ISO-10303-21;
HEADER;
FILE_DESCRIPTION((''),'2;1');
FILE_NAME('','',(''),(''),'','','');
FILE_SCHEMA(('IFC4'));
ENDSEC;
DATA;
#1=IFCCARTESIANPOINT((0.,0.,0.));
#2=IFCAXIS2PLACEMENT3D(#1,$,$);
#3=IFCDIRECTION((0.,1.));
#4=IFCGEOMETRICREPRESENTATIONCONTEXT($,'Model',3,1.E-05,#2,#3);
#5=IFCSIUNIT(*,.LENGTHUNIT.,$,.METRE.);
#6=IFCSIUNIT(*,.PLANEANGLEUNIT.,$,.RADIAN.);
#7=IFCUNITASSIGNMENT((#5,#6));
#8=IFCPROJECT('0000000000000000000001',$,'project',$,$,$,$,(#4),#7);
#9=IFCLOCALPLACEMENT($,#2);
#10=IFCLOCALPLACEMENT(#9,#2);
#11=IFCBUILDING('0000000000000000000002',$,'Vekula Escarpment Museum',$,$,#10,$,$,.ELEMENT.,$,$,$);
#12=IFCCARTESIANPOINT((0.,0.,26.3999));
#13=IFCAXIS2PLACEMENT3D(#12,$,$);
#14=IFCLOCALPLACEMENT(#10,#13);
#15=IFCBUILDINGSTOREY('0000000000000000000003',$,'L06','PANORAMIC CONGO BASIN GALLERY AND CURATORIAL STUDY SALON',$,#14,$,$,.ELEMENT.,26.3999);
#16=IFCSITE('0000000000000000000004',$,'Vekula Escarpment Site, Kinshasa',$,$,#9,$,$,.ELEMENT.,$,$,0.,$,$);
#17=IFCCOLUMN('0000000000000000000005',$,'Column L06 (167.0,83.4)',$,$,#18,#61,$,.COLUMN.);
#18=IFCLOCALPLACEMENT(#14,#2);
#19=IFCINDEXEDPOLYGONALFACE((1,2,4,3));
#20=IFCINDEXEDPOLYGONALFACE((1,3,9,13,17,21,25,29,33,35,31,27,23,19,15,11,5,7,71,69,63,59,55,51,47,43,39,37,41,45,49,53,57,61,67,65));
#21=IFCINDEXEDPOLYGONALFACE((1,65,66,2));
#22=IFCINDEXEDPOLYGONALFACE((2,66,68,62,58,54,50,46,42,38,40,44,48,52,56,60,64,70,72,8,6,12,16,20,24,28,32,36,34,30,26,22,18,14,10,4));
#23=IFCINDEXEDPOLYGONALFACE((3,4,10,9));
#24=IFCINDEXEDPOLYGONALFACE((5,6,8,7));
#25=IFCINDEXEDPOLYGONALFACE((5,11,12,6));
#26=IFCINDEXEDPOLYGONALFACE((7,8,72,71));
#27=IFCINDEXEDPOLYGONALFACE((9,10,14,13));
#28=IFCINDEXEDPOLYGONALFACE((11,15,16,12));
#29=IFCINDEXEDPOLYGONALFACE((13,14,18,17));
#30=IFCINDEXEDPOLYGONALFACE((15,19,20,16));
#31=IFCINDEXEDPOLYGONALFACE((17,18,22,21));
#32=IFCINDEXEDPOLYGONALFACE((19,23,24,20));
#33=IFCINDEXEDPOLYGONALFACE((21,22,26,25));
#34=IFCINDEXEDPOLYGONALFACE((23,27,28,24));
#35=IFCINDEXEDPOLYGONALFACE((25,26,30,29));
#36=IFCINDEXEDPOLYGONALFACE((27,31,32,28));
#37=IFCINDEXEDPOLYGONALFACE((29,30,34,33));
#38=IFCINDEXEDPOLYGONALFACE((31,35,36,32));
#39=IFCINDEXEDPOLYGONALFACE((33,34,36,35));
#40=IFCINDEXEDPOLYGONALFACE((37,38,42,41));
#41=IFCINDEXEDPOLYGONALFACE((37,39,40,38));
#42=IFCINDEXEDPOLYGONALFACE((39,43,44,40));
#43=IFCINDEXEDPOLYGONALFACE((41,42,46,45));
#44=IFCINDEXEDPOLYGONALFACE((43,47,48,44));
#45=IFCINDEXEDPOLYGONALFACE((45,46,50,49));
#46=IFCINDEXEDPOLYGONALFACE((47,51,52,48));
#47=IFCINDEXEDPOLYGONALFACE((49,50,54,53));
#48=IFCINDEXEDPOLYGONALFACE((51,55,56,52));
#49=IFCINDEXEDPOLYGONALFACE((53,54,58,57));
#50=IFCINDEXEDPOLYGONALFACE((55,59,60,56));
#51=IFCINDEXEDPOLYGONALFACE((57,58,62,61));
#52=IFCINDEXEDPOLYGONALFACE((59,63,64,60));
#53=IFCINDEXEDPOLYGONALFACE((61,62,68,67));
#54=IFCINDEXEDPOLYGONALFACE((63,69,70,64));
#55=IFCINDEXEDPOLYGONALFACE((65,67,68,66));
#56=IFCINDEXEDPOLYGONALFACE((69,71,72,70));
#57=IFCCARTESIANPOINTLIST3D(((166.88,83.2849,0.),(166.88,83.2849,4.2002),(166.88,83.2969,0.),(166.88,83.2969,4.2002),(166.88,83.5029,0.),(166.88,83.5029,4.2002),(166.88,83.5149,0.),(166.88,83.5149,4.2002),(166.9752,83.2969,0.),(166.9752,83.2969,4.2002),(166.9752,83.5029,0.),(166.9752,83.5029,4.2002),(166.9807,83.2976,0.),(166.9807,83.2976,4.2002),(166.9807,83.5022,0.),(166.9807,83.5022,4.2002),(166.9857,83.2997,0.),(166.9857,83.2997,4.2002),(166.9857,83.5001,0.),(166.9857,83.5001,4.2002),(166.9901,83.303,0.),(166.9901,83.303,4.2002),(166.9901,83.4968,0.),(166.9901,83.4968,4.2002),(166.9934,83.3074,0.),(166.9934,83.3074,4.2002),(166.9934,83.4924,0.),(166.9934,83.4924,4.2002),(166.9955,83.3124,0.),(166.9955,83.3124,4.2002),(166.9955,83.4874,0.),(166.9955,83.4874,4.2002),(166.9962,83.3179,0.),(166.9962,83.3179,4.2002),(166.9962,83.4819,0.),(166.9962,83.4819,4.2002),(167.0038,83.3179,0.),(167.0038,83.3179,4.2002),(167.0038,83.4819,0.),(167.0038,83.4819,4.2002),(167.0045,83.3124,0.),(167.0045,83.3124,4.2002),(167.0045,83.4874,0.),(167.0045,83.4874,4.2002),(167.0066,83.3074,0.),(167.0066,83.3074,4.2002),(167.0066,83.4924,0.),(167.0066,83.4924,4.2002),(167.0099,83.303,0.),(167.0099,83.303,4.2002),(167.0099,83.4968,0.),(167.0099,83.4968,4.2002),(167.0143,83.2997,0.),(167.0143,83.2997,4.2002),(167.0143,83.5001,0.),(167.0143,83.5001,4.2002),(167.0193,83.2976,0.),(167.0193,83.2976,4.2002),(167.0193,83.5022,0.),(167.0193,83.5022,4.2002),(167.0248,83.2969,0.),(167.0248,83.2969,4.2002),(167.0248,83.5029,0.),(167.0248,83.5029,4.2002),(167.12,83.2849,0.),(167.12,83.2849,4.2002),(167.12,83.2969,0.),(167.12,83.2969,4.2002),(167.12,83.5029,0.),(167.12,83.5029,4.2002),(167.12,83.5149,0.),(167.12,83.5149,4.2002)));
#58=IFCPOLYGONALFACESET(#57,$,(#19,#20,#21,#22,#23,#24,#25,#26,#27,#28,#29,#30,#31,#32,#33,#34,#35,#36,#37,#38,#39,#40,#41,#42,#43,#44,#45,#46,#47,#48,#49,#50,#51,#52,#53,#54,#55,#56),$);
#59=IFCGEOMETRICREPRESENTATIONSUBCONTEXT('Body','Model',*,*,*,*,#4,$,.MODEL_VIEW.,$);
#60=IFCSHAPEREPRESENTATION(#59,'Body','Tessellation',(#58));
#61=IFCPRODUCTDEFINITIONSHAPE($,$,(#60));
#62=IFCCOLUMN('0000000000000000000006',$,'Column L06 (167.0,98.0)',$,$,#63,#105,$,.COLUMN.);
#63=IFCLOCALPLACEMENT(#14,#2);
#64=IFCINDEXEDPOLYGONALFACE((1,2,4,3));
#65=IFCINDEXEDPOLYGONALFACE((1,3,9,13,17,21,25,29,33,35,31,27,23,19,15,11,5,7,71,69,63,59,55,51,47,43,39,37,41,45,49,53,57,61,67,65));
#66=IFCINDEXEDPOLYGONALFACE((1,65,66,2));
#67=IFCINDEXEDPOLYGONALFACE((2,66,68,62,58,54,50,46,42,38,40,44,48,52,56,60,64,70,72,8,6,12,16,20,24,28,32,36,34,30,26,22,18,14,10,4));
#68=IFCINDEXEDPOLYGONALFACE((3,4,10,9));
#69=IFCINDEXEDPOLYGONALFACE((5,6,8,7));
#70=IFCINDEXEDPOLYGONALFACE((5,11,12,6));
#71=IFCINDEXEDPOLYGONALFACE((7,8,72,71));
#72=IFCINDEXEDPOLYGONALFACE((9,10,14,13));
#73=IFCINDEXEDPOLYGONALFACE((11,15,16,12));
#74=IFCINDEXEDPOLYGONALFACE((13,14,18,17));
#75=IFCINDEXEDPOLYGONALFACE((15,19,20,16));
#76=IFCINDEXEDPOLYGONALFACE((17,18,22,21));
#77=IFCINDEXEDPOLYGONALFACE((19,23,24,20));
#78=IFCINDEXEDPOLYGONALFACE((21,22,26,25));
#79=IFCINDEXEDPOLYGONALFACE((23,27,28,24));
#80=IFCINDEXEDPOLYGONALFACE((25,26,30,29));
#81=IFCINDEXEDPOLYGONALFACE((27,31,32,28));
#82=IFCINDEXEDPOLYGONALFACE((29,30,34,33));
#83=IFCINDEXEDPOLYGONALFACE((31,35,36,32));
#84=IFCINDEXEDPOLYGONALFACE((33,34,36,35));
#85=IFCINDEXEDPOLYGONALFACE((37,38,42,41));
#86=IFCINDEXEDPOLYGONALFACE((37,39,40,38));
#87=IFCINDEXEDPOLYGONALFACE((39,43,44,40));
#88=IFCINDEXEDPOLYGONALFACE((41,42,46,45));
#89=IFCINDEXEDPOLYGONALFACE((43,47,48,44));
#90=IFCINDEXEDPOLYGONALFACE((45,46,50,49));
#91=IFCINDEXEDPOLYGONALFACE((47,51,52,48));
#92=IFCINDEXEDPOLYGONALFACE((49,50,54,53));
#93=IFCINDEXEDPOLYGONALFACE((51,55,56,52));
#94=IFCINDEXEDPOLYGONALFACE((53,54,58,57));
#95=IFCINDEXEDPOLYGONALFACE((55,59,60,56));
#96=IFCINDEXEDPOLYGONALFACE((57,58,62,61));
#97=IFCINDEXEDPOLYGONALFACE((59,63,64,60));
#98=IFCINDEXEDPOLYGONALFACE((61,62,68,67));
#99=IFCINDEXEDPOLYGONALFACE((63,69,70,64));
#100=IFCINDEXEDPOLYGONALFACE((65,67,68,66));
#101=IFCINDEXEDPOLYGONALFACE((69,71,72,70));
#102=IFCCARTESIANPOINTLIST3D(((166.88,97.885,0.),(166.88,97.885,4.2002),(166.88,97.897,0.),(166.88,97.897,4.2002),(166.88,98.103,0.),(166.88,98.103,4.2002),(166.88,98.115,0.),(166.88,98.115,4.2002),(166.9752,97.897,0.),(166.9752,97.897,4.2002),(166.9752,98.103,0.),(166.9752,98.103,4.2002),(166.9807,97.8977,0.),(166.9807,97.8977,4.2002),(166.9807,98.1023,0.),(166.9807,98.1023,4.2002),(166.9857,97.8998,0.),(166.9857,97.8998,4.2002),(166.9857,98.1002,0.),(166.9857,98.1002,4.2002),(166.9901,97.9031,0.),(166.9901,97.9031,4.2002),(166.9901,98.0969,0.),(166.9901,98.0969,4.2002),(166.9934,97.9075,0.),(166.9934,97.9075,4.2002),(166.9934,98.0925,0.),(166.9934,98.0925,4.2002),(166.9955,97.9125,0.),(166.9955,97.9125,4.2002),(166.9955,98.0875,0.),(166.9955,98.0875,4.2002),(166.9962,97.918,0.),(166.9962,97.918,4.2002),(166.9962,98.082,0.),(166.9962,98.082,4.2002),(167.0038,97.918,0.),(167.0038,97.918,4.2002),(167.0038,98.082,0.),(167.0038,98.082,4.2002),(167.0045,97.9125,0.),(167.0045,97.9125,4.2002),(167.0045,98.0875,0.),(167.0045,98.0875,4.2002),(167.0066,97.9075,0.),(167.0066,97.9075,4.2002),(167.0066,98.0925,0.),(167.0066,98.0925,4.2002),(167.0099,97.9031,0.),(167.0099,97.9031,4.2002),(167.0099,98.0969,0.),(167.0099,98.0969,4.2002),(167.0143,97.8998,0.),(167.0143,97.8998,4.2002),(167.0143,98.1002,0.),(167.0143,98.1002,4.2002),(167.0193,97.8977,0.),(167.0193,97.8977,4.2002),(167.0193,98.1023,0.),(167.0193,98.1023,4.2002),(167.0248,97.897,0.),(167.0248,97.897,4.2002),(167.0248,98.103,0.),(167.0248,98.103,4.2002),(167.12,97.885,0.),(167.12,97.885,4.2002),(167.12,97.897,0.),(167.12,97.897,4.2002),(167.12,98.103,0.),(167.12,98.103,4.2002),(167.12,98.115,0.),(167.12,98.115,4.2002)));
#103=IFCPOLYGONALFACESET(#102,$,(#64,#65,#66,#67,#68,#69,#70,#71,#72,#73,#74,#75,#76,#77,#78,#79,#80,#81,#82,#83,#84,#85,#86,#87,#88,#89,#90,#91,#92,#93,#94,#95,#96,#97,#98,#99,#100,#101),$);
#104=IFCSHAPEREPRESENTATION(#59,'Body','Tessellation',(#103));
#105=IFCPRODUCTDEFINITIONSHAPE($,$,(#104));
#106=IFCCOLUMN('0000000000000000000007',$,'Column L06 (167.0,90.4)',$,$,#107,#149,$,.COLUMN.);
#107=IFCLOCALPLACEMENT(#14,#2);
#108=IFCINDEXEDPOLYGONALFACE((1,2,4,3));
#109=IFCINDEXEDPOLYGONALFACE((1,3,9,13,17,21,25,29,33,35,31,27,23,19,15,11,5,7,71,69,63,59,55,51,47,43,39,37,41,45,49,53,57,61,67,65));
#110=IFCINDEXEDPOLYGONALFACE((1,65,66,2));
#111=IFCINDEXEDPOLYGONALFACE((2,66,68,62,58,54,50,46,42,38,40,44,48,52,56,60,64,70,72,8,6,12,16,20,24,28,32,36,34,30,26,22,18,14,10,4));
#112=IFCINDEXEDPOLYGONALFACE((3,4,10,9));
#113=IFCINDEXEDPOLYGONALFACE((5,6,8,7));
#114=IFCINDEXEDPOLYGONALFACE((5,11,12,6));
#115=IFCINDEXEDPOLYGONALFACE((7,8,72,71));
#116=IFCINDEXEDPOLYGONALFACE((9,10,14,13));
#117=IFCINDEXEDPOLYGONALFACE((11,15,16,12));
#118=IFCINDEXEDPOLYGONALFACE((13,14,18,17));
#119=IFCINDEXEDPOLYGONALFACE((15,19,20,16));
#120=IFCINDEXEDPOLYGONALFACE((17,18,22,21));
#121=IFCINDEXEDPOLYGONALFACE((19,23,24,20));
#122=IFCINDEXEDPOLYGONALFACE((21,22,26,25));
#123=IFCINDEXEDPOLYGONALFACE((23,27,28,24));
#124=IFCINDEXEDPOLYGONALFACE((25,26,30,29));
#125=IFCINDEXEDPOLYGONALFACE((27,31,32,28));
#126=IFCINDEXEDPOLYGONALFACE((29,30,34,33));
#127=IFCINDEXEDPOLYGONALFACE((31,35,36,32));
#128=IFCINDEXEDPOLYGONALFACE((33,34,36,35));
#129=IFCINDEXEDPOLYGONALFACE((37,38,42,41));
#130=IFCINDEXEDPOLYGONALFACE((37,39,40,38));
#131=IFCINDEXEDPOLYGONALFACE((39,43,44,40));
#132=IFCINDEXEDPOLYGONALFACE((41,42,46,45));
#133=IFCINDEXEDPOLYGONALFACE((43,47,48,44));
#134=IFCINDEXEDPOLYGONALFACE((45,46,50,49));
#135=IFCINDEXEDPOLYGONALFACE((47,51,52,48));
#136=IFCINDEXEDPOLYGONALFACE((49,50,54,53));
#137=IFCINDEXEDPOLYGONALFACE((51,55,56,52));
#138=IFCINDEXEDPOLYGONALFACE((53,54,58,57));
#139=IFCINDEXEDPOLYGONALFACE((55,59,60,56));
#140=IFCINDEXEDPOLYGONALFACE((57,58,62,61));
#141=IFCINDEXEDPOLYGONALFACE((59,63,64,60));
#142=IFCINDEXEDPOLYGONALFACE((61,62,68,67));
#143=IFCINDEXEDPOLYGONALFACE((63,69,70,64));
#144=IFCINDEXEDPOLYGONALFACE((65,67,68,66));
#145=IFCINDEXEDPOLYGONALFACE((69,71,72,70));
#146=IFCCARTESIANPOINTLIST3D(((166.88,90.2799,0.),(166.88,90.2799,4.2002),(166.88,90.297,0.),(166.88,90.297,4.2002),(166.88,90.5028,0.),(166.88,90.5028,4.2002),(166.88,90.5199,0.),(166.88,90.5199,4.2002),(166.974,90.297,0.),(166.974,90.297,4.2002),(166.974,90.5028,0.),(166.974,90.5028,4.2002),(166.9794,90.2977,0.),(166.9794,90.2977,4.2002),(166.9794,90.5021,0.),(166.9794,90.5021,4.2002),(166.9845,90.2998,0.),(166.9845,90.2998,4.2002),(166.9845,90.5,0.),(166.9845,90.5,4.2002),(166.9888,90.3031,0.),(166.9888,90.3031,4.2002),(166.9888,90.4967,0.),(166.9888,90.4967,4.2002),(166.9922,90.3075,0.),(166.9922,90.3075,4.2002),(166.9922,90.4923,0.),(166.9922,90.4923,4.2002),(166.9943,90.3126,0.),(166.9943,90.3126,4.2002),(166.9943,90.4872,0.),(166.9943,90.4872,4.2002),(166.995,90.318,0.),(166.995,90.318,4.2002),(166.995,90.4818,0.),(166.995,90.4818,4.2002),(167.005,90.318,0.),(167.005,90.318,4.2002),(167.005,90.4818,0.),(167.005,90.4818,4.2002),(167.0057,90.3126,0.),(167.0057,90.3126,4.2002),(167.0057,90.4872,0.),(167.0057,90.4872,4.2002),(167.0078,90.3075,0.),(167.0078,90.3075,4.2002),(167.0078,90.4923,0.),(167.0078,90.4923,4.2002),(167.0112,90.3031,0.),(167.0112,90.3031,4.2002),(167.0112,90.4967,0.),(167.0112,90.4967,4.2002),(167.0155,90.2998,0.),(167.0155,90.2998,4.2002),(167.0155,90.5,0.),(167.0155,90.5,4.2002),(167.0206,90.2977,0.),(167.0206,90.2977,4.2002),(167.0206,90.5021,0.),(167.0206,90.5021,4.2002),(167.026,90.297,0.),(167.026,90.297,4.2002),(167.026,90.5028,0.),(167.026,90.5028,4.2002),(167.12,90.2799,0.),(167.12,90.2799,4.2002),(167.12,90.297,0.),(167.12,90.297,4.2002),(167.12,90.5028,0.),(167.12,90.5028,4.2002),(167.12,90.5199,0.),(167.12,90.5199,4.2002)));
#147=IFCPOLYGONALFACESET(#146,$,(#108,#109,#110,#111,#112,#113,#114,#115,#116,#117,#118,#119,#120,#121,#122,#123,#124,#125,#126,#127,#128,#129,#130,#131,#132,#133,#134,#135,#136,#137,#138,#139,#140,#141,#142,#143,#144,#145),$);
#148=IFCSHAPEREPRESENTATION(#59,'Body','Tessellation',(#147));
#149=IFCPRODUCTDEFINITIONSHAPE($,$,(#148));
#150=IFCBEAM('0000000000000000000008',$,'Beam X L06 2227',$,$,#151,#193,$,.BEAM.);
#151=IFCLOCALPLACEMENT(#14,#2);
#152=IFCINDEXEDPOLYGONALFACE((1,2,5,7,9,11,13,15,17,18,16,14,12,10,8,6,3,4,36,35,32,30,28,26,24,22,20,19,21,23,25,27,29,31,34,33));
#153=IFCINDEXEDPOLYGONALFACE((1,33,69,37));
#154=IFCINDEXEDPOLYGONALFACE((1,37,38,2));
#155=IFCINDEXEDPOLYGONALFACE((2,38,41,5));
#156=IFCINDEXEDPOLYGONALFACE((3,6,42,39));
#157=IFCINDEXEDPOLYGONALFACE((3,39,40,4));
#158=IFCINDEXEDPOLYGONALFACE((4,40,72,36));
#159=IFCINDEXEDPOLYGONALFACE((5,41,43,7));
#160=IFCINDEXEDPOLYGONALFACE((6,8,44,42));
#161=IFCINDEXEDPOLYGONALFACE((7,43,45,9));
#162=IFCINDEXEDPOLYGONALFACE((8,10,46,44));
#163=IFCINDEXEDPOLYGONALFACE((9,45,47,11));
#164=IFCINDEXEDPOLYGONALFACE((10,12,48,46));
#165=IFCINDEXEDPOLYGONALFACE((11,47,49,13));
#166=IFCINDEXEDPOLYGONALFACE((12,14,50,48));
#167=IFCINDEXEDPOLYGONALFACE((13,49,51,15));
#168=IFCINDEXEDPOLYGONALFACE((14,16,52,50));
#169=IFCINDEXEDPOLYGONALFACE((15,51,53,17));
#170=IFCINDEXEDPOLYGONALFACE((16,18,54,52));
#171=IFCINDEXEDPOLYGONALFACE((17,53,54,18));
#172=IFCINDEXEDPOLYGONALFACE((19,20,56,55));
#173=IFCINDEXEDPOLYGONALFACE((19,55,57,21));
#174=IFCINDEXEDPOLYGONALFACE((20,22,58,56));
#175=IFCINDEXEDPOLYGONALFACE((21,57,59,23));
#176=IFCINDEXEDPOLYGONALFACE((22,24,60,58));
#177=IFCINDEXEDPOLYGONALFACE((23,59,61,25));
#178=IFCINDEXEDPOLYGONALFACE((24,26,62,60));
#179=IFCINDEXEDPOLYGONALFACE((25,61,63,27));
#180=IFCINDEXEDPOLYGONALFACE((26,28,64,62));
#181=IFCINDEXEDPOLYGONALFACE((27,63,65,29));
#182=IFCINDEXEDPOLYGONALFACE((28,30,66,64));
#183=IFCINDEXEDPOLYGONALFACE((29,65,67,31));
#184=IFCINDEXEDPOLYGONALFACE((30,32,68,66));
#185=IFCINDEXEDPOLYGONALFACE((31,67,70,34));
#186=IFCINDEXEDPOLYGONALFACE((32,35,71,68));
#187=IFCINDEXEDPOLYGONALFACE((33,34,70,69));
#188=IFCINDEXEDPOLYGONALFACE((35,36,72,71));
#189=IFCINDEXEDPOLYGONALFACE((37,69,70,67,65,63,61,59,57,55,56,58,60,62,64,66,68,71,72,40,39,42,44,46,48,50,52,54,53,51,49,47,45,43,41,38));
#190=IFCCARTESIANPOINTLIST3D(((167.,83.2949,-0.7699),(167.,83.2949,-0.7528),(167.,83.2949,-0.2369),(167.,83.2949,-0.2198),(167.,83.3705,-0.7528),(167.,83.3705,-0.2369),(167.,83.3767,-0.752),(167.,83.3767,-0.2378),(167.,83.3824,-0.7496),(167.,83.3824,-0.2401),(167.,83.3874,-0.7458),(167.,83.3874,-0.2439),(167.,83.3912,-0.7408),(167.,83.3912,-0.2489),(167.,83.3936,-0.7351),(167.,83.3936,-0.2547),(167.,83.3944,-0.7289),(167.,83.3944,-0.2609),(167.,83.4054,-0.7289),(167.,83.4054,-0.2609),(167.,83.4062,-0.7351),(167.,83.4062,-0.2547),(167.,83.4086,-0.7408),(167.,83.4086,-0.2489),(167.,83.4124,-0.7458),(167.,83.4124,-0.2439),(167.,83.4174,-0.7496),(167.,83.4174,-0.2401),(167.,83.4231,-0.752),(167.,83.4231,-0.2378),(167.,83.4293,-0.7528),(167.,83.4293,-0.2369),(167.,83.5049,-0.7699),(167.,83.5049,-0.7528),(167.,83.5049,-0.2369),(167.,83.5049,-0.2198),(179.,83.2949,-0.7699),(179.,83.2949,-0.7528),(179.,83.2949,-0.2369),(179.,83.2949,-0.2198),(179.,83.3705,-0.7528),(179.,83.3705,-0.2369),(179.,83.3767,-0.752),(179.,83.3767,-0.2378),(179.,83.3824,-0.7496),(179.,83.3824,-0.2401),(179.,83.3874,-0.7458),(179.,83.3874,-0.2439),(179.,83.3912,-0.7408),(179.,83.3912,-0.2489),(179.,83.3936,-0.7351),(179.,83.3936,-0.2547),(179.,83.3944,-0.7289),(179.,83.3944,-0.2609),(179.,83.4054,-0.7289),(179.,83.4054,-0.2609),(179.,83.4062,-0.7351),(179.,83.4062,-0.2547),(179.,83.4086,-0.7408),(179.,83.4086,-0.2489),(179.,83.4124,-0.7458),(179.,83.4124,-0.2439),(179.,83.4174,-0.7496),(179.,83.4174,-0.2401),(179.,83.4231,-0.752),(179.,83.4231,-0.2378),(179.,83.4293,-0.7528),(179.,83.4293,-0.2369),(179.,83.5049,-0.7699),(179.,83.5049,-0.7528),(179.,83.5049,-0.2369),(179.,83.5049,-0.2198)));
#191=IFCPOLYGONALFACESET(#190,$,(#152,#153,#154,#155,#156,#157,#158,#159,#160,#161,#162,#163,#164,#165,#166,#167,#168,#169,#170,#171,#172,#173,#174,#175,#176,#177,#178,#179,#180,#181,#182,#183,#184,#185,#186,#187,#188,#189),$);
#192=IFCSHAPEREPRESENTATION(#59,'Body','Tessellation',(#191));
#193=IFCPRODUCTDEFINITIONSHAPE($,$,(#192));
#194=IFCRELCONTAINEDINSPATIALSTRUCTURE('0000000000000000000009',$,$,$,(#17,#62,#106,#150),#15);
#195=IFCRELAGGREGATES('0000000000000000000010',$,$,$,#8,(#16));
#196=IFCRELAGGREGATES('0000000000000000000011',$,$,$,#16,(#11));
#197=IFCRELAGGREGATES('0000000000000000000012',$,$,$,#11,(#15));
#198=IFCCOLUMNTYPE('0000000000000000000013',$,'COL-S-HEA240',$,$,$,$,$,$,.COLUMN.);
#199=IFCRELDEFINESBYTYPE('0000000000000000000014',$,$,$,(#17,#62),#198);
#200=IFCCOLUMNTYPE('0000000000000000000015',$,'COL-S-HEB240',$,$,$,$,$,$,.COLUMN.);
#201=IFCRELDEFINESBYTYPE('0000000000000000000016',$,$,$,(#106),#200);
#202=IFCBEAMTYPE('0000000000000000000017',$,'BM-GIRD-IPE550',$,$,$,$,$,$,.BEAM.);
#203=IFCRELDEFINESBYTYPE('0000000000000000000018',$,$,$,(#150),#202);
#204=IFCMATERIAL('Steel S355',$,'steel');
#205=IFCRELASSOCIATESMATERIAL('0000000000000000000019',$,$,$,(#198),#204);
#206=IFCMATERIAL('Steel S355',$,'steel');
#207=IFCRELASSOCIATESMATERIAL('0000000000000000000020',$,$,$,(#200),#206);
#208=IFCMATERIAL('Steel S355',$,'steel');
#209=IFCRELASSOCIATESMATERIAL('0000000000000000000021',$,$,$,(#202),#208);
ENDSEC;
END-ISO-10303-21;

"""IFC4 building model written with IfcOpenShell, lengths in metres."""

from ifc_helpers import new_model, si_unit, direction, frame, origin, origin_2d, place, context, subcontext, project, spatial, i_section, extrude, material, material_profile, profile_set, type_object, element, save


model = new_model("IFC4")

# Units and contexts
model_context = context("Model", 3, precision=1e-05, world=origin(), true_north=direction((0.0, 1.0)))
body_context = subcontext(model_context, "Body", "Model", "MODEL_VIEW")
ifc_project = project(units=[si_unit("LENGTHUNIT", "METRE"), si_unit("PLANEANGLEUNIT", "RADIAN")], contexts=[model_context])

# Site, building, storey
site_placement = place(None, origin())
site = spatial("IfcSite", under=ifc_project, at=site_placement, Name="Vekula Escarpment Site, Kinshasa", CompositionType="ELEMENT", RefElevation=0.0)
building_placement = place(site_placement, origin())
building = spatial("IfcBuilding", under=site, at=building_placement, Name="Vekula Escarpment Museum", CompositionType="ELEMENT")
storey_placement = place(building_placement, frame((0.0, 0.0, 26.3999)))
storey = spatial("IfcBuildingStorey", under=building, at=storey_placement, Name="L06", Description="PANORAMIC CONGO BASIN GALLERY AND CURATORIAL STUDY SALON", CompositionType="ELEMENT", Elevation=26.3999)

# Columns
ifc_material_1 = material(Name="Steel S355", Category="steel")
ifc_material_profile_1 = material_profile(ifc_material_1, i_section(OverallWidth=0.24, OverallDepth=0.23, WebThickness=0.0076, FlangeThickness=0.012, FilletRadius=0.021, at=origin_2d()), Name="HEA 240")
ifc_profile_set_1 = profile_set([ifc_material_profile_1], Name="Steel S355")
column_type_1 = type_object("IfcColumnType", Name="COL-S-HEA240", PredefinedType="COLUMN", material=ifc_profile_set_1)
for number, where, z_axis, x_axis, name in (
    (1, (167.0, 83.3999, 0.0), (0.0, 0.0, 1.0), (1.0, 0.0, 0.0), "Column L06 (167.0,83.4)"),
    (2, (167.0, 98.0, 0.0), (0.0, 0.0, 1.0), (1.0, 0.0, 0.0), "Column L06 (167.0,98.0)"),
):
    element("IfcColumn", number, at=place(storey_placement, frame(where, z_axis=z_axis, x_axis=x_axis)), inside=storey, type_object=column_type_1, Name=name, PredefinedType="COLUMN", context=body_context, shape_type="SweptSolid", body=[
        extrude(i_section(OverallWidth=0.24, OverallDepth=0.23, WebThickness=0.0076, FlangeThickness=0.012, FilletRadius=0.021, at=origin_2d()), origin(), (0.0, 0.0, 1.0), 4.2002),
    ])
ifc_material_2 = material(Name="Steel S355", Category="steel")
ifc_material_profile_2 = material_profile(ifc_material_2, i_section(OverallWidth=0.24, OverallDepth=0.24, WebThickness=0.01, FlangeThickness=0.0171, FilletRadius=0.021, at=origin_2d()), Name="HEB 240")
ifc_profile_set_2 = profile_set([ifc_material_profile_2], Name="Steel S355")
column_type_2 = type_object("IfcColumnType", Name="COL-S-HEB240", PredefinedType="COLUMN", material=ifc_profile_set_2)
column_placement = place(storey_placement, frame((167.0, 90.3999, 0.0), z_axis=(0.0, 0.0, 1.0), x_axis=(1.0, 0.0, 0.0)))
element("IfcColumn", 3, at=column_placement, inside=storey, type_object=column_type_2, Name="Column L06 (167.0,90.4)", PredefinedType="COLUMN", context=body_context, shape_type="SweptSolid", body=[
    extrude(i_section(OverallWidth=0.24, OverallDepth=0.24, WebThickness=0.01, FlangeThickness=0.0171, FilletRadius=0.021, at=origin_2d()), origin(), (0.0, 0.0, 1.0), 4.2002),
])

# Beam
ifc_material_3 = material(Name="Steel S355", Category="steel")
ifc_material_profile_3 = material_profile(ifc_material_3, i_section(OverallWidth=0.21, OverallDepth=0.55, WebThickness=0.011, FlangeThickness=0.0171, FilletRadius=0.0239, at=origin_2d()), Name="IPE 550")
ifc_profile_set_3 = profile_set([ifc_material_profile_3], Name="Steel S355")
beam_type_1 = type_object("IfcBeamType", Name="BM-GIRD-IPE550", PredefinedType="BEAM", material=ifc_profile_set_3)
for number, where, z_axis, x_axis, name in (
    (4, (167.0, 83.3999, -0.4949), (1.0, 0.0, 0.0), (0.0, 1.0, 0.0), "Beam X L06 2227"),
):
    element("IfcBeam", number, at=place(storey_placement, frame(where, z_axis=z_axis, x_axis=x_axis)), inside=storey, type_object=beam_type_1, Name=name, PredefinedType="BEAM", context=body_context, shape_type="SweptSolid", body=[
        extrude(i_section(OverallWidth=0.21, OverallDepth=0.55, WebThickness=0.011, FlangeThickness=0.0171, FilletRadius=0.0239, at=origin_2d()), origin(), (0.0, 0.0, 1.0), 12.0),
    ])

save(model, "model.ifc")
